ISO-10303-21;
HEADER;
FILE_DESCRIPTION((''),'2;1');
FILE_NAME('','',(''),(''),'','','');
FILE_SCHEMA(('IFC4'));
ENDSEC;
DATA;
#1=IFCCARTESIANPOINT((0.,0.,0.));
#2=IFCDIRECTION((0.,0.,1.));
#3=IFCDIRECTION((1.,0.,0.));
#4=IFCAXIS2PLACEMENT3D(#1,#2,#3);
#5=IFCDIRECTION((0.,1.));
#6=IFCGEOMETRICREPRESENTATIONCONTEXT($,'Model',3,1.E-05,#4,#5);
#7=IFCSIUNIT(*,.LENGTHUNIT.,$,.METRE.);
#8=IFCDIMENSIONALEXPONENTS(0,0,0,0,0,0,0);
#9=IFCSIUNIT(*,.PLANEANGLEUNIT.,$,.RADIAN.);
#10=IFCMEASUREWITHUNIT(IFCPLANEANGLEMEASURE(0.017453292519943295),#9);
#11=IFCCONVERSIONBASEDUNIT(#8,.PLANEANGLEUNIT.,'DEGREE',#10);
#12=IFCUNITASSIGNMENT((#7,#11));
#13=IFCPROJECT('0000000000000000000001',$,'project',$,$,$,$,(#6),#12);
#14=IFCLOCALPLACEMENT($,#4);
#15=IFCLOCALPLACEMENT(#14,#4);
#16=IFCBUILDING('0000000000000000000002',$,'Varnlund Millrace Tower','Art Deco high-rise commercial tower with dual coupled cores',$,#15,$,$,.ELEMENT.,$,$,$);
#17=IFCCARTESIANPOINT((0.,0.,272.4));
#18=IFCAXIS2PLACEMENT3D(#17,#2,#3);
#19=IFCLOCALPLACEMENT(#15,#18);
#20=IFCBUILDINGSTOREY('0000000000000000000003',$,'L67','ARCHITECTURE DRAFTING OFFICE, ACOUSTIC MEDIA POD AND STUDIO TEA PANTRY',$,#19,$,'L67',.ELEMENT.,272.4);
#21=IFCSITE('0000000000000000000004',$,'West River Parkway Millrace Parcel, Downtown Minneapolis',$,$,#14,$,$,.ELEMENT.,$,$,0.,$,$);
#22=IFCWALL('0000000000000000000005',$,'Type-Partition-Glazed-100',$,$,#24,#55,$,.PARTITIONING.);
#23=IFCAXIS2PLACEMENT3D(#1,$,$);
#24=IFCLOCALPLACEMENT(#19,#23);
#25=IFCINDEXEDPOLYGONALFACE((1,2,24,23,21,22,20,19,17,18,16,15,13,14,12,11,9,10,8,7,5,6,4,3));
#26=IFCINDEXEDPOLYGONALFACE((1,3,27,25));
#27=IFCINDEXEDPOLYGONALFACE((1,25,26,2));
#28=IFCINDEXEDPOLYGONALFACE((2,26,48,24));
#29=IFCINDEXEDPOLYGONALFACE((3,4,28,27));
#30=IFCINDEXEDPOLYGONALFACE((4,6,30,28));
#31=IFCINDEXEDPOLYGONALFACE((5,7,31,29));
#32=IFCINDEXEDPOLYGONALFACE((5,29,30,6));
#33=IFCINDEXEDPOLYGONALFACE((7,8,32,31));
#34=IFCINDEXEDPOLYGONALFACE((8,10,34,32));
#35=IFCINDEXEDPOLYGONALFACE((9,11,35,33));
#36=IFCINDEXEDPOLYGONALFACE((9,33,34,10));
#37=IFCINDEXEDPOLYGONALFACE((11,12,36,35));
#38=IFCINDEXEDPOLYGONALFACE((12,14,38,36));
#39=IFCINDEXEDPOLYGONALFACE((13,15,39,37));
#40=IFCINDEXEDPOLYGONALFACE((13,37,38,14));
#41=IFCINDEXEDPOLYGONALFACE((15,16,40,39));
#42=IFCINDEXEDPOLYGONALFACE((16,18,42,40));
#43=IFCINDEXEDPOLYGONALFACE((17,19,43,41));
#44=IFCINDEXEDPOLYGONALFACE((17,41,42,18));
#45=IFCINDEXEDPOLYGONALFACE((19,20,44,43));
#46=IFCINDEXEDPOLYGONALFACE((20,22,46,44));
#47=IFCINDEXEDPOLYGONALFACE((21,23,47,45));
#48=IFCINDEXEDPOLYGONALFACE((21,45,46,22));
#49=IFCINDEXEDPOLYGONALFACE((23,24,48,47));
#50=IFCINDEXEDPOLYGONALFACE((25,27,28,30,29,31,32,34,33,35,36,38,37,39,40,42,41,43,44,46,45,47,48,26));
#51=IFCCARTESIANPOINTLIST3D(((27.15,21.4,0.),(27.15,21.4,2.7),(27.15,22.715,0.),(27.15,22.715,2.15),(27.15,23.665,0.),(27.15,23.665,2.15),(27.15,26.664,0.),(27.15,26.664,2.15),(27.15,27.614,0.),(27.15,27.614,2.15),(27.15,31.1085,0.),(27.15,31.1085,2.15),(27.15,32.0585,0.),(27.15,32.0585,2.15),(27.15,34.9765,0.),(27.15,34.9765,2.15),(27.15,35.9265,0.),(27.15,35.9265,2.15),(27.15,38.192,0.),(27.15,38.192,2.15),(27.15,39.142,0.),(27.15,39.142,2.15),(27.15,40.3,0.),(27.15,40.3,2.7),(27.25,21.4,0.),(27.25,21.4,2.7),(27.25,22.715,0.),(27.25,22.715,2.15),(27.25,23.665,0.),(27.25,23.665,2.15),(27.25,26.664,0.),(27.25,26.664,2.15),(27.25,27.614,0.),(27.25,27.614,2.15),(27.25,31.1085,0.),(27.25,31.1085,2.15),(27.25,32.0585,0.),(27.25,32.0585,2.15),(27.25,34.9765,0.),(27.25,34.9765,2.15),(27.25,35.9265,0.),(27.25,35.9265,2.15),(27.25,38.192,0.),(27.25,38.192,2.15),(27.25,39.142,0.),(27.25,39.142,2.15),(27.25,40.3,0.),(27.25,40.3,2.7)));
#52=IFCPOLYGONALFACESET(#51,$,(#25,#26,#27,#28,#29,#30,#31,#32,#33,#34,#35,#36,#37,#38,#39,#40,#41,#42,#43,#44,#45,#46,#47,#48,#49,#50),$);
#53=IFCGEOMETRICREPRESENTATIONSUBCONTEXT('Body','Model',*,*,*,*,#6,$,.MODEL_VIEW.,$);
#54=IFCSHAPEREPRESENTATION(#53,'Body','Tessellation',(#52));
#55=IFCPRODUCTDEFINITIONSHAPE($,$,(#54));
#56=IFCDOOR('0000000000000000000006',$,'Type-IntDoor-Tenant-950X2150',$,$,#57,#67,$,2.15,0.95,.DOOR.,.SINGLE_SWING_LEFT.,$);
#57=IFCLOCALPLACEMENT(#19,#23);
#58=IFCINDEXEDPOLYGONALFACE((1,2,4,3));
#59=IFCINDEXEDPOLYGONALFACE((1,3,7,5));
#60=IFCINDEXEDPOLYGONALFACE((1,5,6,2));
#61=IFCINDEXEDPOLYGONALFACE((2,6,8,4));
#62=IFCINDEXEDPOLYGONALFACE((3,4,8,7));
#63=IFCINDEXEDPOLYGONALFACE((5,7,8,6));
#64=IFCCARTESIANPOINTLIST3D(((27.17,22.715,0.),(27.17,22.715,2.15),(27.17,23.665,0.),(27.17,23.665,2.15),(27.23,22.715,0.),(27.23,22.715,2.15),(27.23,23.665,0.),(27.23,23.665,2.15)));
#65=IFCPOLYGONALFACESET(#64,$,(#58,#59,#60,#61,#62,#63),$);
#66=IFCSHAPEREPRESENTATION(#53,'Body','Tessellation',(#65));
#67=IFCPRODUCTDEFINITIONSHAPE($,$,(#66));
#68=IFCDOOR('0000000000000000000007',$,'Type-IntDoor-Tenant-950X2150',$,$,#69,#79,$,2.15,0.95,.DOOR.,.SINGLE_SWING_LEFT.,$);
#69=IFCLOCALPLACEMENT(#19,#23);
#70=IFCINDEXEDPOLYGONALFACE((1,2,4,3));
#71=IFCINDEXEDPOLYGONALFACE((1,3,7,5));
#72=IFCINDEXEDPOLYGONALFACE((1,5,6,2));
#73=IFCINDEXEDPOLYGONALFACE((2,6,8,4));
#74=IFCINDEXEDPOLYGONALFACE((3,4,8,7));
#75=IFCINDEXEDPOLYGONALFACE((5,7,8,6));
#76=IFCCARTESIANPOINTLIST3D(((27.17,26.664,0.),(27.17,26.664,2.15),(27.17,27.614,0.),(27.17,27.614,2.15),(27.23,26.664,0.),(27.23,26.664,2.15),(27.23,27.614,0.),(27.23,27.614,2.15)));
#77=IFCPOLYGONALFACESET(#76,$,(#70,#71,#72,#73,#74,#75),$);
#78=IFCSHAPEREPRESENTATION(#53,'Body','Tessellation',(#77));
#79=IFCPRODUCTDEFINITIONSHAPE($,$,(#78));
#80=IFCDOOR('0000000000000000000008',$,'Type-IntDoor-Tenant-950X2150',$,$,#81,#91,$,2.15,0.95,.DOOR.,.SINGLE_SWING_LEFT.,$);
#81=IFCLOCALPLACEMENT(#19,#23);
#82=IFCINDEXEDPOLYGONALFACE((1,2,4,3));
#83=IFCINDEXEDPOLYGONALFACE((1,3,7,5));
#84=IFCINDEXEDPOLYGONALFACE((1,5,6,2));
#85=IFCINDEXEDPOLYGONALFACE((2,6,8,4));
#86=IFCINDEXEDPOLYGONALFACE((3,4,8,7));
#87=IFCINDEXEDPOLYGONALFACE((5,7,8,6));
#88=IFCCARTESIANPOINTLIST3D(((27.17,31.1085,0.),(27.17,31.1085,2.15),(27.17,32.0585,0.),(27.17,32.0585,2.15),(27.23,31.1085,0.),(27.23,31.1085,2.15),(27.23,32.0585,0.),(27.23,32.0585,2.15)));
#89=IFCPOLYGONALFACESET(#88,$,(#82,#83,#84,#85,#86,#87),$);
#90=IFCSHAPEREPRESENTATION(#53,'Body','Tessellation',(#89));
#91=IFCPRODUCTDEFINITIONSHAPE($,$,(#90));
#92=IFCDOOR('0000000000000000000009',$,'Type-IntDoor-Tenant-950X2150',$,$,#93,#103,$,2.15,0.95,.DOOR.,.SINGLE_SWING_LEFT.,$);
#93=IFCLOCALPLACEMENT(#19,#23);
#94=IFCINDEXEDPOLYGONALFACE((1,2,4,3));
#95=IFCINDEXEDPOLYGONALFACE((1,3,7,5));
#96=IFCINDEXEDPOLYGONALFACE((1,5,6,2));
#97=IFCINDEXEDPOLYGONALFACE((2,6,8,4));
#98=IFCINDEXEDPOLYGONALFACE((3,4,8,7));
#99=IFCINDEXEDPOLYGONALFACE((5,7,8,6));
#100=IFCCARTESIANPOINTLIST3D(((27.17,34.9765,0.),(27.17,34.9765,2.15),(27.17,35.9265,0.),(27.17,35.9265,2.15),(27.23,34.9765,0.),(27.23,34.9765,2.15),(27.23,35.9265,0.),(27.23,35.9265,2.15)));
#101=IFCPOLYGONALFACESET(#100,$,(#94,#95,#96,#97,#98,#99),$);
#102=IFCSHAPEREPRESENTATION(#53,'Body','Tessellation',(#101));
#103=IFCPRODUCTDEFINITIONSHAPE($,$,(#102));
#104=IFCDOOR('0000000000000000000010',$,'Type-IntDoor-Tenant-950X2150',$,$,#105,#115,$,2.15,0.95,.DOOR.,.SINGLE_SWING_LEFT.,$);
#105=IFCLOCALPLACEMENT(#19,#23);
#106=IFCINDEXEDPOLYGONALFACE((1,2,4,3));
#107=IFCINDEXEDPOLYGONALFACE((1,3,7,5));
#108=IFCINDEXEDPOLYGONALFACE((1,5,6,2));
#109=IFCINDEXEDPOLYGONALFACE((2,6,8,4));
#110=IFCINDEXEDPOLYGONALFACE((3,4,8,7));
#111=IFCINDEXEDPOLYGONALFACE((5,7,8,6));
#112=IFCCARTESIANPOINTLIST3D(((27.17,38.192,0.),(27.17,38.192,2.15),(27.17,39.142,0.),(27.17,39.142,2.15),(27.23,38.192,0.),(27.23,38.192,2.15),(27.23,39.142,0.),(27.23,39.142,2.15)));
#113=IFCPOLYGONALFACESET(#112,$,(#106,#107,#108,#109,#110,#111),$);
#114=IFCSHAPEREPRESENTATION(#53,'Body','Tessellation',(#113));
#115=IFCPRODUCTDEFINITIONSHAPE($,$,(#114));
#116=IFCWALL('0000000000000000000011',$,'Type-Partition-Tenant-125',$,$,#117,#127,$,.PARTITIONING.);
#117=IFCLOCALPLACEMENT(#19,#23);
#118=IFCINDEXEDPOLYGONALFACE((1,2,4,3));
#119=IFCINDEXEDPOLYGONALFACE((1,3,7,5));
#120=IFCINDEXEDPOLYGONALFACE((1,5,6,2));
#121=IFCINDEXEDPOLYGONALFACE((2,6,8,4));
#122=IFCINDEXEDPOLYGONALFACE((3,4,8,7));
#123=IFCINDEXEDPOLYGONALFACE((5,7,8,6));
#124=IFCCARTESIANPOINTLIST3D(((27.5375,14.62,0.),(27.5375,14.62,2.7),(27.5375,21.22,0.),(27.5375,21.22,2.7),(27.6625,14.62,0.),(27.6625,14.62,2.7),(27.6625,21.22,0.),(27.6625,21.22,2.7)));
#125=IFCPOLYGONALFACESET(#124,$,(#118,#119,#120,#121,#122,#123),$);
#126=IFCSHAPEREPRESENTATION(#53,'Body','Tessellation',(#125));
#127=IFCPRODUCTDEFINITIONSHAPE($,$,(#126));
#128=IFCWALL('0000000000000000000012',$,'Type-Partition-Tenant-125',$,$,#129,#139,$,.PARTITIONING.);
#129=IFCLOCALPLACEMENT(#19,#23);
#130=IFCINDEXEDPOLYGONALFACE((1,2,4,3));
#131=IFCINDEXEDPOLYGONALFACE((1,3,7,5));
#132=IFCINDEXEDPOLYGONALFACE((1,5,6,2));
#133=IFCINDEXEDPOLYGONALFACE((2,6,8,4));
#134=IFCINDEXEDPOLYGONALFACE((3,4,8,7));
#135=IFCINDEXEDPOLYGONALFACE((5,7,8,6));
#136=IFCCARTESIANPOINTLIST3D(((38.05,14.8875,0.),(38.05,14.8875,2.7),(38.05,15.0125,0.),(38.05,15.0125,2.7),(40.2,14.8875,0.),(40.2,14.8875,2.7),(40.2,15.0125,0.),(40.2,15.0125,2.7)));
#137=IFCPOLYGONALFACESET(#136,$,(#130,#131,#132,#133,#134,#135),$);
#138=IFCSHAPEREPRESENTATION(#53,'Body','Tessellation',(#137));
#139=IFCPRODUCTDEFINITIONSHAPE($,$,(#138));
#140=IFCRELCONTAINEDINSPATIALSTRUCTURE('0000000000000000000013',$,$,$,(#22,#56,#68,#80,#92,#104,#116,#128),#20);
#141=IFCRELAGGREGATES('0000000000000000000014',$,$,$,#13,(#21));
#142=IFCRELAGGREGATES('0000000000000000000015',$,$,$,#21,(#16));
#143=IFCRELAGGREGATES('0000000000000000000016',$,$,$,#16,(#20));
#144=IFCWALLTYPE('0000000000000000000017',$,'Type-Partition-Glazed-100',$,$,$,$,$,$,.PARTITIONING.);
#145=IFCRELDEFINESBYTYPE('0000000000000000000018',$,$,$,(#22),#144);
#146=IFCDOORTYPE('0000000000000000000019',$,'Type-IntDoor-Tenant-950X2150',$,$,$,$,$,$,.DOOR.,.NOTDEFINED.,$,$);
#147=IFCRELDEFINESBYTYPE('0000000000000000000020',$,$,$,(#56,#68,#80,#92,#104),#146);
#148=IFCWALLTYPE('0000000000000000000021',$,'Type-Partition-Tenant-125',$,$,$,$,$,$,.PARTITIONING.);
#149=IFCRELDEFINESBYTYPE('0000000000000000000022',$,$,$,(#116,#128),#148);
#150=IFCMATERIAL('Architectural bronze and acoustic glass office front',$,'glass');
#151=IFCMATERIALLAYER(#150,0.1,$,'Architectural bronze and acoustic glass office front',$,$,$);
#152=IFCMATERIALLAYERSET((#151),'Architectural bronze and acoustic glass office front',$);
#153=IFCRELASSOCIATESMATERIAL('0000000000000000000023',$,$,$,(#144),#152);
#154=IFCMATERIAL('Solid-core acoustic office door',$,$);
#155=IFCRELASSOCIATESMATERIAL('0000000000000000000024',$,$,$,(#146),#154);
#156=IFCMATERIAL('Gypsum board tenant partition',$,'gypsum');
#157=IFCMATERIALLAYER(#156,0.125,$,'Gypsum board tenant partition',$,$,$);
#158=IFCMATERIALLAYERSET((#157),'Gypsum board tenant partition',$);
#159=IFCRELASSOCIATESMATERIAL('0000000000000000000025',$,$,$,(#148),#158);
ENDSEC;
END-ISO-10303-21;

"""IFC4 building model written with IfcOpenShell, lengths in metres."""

from ifc_helpers import new_model, entity, si_unit, converted_unit, direction, frame, origin_with_axes, origin_2d_with_axis, place, context, subcontext, project, spatial, polyline, rectangle, outline, extrude, material, layer, layer_set, type_object, element, fill, save


model = new_model("IFC4")

# Units and contexts
model_context = context("Model", 3, precision=1e-05, world=origin_with_axes(), true_north=direction((0.0, 1.0)))
body_context = subcontext(model_context, "Body", "Model", "MODEL_VIEW")
ifc_project = project(units=[si_unit("LENGTHUNIT", "METRE"), converted_unit("PLANEANGLEUNIT", "DEGREE", entity("IfcPlaneAngleMeasure", 0.017453292519943295), si_unit("PLANEANGLEUNIT", "RADIAN"), dimensions=[0, 0, 0, 0, 0, 0, 0])], contexts=[model_context])

# Site, building, storey
site_placement = place(None, origin_with_axes())
site = spatial("IfcSite", under=ifc_project, at=site_placement, Name="West River Parkway Millrace Parcel, Downtown Minneapolis", CompositionType="ELEMENT", RefElevation=0.0)
building_placement = place(site_placement, origin_with_axes())
building = spatial("IfcBuilding", under=site, at=building_placement, Name="Varnlund Millrace Tower", Description="Art Deco high-rise commercial tower with dual coupled cores", CompositionType="ELEMENT")
storey_placement = place(building_placement, frame((0.0, 0.0, 272.4), z_axis=(0.0, 0.0, 1.0), x_axis=(1.0, 0.0, 0.0)))
storey = spatial("IfcBuildingStorey", under=building, at=storey_placement, Name="L67", Description="ARCHITECTURE DRAFTING OFFICE, ACOUSTIC MEDIA POD AND STUDIO TEA PANTRY", LongName="L67", CompositionType="ELEMENT", Elevation=272.4)

# Wall, openings, doors
ifc_material_1 = material(Name="Architectural bronze and acoustic glass office front", Category="glass")
ifc_layer_1 = layer(ifc_material_1, 0.1, Name="Architectural bronze and acoustic glass office front")
ifc_layer_set_1 = layer_set([ifc_layer_1], Name="Architectural bronze and acoustic glass office front")
wall_type_1 = type_object("IfcWallType", Name="Type-Partition-Glazed-100", PredefinedType="PARTITIONING", material=ifc_layer_set_1)
wall_1_placement = place(storey_placement, frame((27.2, 21.4, 0.0), z_axis=(0.0, 0.0, 1.0), x_axis=(0.0, 1.0, 0.0)))
wall_1 = element("IfcWall", 1, at=wall_1_placement, inside=storey, type_object=wall_type_1, Name="Type-Partition-Glazed-100", PredefinedType="PARTITIONING", context=body_context, shape_type="SweptSolid", body=[
    extrude(outline(polyline([(0.0, -0.05), (18.9, -0.05), (18.9, 0.05), (0.0, 0.05), (0.0, -0.05)])), origin_with_axes(), (0.0, 0.0, 1.0), 2.7),
])
opening_1_placement = place(wall_1_placement, frame((1.79, 0.0, 0.0), z_axis=(0.0, 0.0, 1.0), x_axis=(1.0, 0.0, 0.0)))
opening_1 = element("IfcOpeningElement", 2, at=opening_1_placement, cuts=wall_1, PredefinedType="OPENING", context=body_context, shape_type="SweptSolid", body=[
    extrude(rectangle(XDim=0.95, YDim=0.12, at=origin_2d_with_axis()), origin_with_axes(), (0.0, 0.0, 1.0), 2.15),
])
opening_2_placement = place(wall_1_placement, frame((5.739, 0.0, 0.0), z_axis=(0.0, 0.0, 1.0), x_axis=(1.0, 0.0, 0.0)))
opening_2 = element("IfcOpeningElement", 3, at=opening_2_placement, cuts=wall_1, PredefinedType="OPENING", context=body_context, shape_type="SweptSolid", body=[
    extrude(rectangle(XDim=0.95, YDim=0.12, at=origin_2d_with_axis()), origin_with_axes(), (0.0, 0.0, 1.0), 2.15),
])
opening_3_placement = place(wall_1_placement, frame((10.1835, 0.0, 0.0), z_axis=(0.0, 0.0, 1.0), x_axis=(1.0, 0.0, 0.0)))
opening_3 = element("IfcOpeningElement", 4, at=opening_3_placement, cuts=wall_1, PredefinedType="OPENING", context=body_context, shape_type="SweptSolid", body=[
    extrude(rectangle(XDim=0.95, YDim=0.12, at=origin_2d_with_axis()), origin_with_axes(), (0.0, 0.0, 1.0), 2.15),
])
opening_4_placement = place(wall_1_placement, frame((14.0515, 0.0, 0.0), z_axis=(0.0, 0.0, 1.0), x_axis=(1.0, 0.0, 0.0)))
opening_4 = element("IfcOpeningElement", 5, at=opening_4_placement, cuts=wall_1, PredefinedType="OPENING", context=body_context, shape_type="SweptSolid", body=[
    extrude(rectangle(XDim=0.95, YDim=0.12, at=origin_2d_with_axis()), origin_with_axes(), (0.0, 0.0, 1.0), 2.15),
])
opening_5_placement = place(wall_1_placement, frame((17.267, 0.0, 0.0), z_axis=(0.0, 0.0, 1.0), x_axis=(1.0, 0.0, 0.0)))
opening_5 = element("IfcOpeningElement", 6, at=opening_5_placement, cuts=wall_1, PredefinedType="OPENING", context=body_context, shape_type="SweptSolid", body=[
    extrude(rectangle(XDim=0.95, YDim=0.12, at=origin_2d_with_axis()), origin_with_axes(), (0.0, 0.0, 1.0), 2.15),
])
ifc_material_2 = material(Name="Solid-core acoustic office door")
door_type = type_object("IfcDoorType", Name="Type-IntDoor-Tenant-950X2150", OperationType="NOTDEFINED", PredefinedType="DOOR", material=ifc_material_2)
door_1_placement = place(wall_1_placement, frame((1.79, 0.0, 0.0), z_axis=(0.0, 0.0, 1.0), x_axis=(1.0, 0.0, 0.0)))
door_1 = element("IfcDoor", 7, at=door_1_placement, inside=storey, type_object=door_type, Name="Type-IntDoor-Tenant-950X2150", OperationType="SINGLE_SWING_LEFT", OverallHeight=2.15, OverallWidth=0.95, PredefinedType="DOOR", context=body_context, shape_type="SweptSolid", body=[
    extrude(rectangle(XDim=0.95, YDim=0.06, at=origin_2d_with_axis()), origin_with_axes(), (0.0, 0.0, 1.0), 2.15),
])
fill(opening_1, door_1)
door_2_placement = place(wall_1_placement, frame((5.739, 0.0, 0.0), z_axis=(0.0, 0.0, 1.0), x_axis=(1.0, 0.0, 0.0)))
door_2 = element("IfcDoor", 8, at=door_2_placement, inside=storey, type_object=door_type, Name="Type-IntDoor-Tenant-950X2150", OperationType="SINGLE_SWING_LEFT", OverallHeight=2.15, OverallWidth=0.95, PredefinedType="DOOR", context=body_context, shape_type="SweptSolid", body=[
    extrude(rectangle(XDim=0.95, YDim=0.06, at=origin_2d_with_axis()), origin_with_axes(), (0.0, 0.0, 1.0), 2.15),
])
fill(opening_2, door_2)
door_3_placement = place(wall_1_placement, frame((10.1835, 0.0, 0.0), z_axis=(0.0, 0.0, 1.0), x_axis=(1.0, 0.0, 0.0)))
door_3 = element("IfcDoor", 9, at=door_3_placement, inside=storey, type_object=door_type, Name="Type-IntDoor-Tenant-950X2150", OperationType="SINGLE_SWING_LEFT", OverallHeight=2.15, OverallWidth=0.95, PredefinedType="DOOR", context=body_context, shape_type="SweptSolid", body=[
    extrude(rectangle(XDim=0.95, YDim=0.06, at=origin_2d_with_axis()), origin_with_axes(), (0.0, 0.0, 1.0), 2.15),
])
fill(opening_3, door_3)
door_4_placement = place(wall_1_placement, frame((14.0515, 0.0, 0.0), z_axis=(0.0, 0.0, 1.0), x_axis=(1.0, 0.0, 0.0)))
door_4 = element("IfcDoor", 10, at=door_4_placement, inside=storey, type_object=door_type, Name="Type-IntDoor-Tenant-950X2150", OperationType="SINGLE_SWING_LEFT", OverallHeight=2.15, OverallWidth=0.95, PredefinedType="DOOR", context=body_context, shape_type="SweptSolid", body=[
    extrude(rectangle(XDim=0.95, YDim=0.06, at=origin_2d_with_axis()), origin_with_axes(), (0.0, 0.0, 1.0), 2.15),
])
fill(opening_4, door_4)
door_5_placement = place(wall_1_placement, frame((17.267, 0.0, 0.0), z_axis=(0.0, 0.0, 1.0), x_axis=(1.0, 0.0, 0.0)))
door_5 = element("IfcDoor", 11, at=door_5_placement, inside=storey, type_object=door_type, Name="Type-IntDoor-Tenant-950X2150", OperationType="SINGLE_SWING_LEFT", OverallHeight=2.15, OverallWidth=0.95, PredefinedType="DOOR", context=body_context, shape_type="SweptSolid", body=[
    extrude(rectangle(XDim=0.95, YDim=0.06, at=origin_2d_with_axis()), origin_with_axes(), (0.0, 0.0, 1.0), 2.15),
])
fill(opening_5, door_5)

# Walls
ifc_material_3 = material(Name="Gypsum board tenant partition", Category="gypsum")
ifc_layer_2 = layer(ifc_material_3, 0.125, Name="Gypsum board tenant partition")
ifc_layer_set_2 = layer_set([ifc_layer_2], Name="Gypsum board tenant partition")
wall_type_2 = type_object("IfcWallType", Name="Type-Partition-Tenant-125", PredefinedType="PARTITIONING", material=ifc_layer_set_2)
wall_2_placement = place(storey_placement, frame((27.6, 14.62, 0.0), z_axis=(0.0, 0.0, 1.0), x_axis=(0.0, 1.0, 0.0)))
element("IfcWall", 12, at=wall_2_placement, inside=storey, type_object=wall_type_2, Name="Type-Partition-Tenant-125", PredefinedType="PARTITIONING", context=body_context, shape_type="SweptSolid", body=[
    extrude(outline(polyline([(0.0, -0.0625), (6.6, -0.0625), (6.6, 0.0625), (0.0, 0.0625), (0.0, -0.0625)])), origin_with_axes(), (0.0, 0.0, 1.0), 2.7),
])
wall_3_placement = place(storey_placement, frame((38.05, 14.95, 0.0), z_axis=(0.0, 0.0, 1.0), x_axis=(1.0, 0.0, 0.0)))
element("IfcWall", 13, at=wall_3_placement, inside=storey, type_object=wall_type_2, Name="Type-Partition-Tenant-125", PredefinedType="PARTITIONING", context=body_context, shape_type="SweptSolid", body=[
    extrude(outline(polyline([(0.0, -0.0625), (2.15, -0.0625), (2.15, 0.0625), (0.0, 0.0625), (0.0, -0.0625)])), origin_with_axes(), (0.0, 0.0, 1.0), 2.7),
])

save(model, "model.ifc")
